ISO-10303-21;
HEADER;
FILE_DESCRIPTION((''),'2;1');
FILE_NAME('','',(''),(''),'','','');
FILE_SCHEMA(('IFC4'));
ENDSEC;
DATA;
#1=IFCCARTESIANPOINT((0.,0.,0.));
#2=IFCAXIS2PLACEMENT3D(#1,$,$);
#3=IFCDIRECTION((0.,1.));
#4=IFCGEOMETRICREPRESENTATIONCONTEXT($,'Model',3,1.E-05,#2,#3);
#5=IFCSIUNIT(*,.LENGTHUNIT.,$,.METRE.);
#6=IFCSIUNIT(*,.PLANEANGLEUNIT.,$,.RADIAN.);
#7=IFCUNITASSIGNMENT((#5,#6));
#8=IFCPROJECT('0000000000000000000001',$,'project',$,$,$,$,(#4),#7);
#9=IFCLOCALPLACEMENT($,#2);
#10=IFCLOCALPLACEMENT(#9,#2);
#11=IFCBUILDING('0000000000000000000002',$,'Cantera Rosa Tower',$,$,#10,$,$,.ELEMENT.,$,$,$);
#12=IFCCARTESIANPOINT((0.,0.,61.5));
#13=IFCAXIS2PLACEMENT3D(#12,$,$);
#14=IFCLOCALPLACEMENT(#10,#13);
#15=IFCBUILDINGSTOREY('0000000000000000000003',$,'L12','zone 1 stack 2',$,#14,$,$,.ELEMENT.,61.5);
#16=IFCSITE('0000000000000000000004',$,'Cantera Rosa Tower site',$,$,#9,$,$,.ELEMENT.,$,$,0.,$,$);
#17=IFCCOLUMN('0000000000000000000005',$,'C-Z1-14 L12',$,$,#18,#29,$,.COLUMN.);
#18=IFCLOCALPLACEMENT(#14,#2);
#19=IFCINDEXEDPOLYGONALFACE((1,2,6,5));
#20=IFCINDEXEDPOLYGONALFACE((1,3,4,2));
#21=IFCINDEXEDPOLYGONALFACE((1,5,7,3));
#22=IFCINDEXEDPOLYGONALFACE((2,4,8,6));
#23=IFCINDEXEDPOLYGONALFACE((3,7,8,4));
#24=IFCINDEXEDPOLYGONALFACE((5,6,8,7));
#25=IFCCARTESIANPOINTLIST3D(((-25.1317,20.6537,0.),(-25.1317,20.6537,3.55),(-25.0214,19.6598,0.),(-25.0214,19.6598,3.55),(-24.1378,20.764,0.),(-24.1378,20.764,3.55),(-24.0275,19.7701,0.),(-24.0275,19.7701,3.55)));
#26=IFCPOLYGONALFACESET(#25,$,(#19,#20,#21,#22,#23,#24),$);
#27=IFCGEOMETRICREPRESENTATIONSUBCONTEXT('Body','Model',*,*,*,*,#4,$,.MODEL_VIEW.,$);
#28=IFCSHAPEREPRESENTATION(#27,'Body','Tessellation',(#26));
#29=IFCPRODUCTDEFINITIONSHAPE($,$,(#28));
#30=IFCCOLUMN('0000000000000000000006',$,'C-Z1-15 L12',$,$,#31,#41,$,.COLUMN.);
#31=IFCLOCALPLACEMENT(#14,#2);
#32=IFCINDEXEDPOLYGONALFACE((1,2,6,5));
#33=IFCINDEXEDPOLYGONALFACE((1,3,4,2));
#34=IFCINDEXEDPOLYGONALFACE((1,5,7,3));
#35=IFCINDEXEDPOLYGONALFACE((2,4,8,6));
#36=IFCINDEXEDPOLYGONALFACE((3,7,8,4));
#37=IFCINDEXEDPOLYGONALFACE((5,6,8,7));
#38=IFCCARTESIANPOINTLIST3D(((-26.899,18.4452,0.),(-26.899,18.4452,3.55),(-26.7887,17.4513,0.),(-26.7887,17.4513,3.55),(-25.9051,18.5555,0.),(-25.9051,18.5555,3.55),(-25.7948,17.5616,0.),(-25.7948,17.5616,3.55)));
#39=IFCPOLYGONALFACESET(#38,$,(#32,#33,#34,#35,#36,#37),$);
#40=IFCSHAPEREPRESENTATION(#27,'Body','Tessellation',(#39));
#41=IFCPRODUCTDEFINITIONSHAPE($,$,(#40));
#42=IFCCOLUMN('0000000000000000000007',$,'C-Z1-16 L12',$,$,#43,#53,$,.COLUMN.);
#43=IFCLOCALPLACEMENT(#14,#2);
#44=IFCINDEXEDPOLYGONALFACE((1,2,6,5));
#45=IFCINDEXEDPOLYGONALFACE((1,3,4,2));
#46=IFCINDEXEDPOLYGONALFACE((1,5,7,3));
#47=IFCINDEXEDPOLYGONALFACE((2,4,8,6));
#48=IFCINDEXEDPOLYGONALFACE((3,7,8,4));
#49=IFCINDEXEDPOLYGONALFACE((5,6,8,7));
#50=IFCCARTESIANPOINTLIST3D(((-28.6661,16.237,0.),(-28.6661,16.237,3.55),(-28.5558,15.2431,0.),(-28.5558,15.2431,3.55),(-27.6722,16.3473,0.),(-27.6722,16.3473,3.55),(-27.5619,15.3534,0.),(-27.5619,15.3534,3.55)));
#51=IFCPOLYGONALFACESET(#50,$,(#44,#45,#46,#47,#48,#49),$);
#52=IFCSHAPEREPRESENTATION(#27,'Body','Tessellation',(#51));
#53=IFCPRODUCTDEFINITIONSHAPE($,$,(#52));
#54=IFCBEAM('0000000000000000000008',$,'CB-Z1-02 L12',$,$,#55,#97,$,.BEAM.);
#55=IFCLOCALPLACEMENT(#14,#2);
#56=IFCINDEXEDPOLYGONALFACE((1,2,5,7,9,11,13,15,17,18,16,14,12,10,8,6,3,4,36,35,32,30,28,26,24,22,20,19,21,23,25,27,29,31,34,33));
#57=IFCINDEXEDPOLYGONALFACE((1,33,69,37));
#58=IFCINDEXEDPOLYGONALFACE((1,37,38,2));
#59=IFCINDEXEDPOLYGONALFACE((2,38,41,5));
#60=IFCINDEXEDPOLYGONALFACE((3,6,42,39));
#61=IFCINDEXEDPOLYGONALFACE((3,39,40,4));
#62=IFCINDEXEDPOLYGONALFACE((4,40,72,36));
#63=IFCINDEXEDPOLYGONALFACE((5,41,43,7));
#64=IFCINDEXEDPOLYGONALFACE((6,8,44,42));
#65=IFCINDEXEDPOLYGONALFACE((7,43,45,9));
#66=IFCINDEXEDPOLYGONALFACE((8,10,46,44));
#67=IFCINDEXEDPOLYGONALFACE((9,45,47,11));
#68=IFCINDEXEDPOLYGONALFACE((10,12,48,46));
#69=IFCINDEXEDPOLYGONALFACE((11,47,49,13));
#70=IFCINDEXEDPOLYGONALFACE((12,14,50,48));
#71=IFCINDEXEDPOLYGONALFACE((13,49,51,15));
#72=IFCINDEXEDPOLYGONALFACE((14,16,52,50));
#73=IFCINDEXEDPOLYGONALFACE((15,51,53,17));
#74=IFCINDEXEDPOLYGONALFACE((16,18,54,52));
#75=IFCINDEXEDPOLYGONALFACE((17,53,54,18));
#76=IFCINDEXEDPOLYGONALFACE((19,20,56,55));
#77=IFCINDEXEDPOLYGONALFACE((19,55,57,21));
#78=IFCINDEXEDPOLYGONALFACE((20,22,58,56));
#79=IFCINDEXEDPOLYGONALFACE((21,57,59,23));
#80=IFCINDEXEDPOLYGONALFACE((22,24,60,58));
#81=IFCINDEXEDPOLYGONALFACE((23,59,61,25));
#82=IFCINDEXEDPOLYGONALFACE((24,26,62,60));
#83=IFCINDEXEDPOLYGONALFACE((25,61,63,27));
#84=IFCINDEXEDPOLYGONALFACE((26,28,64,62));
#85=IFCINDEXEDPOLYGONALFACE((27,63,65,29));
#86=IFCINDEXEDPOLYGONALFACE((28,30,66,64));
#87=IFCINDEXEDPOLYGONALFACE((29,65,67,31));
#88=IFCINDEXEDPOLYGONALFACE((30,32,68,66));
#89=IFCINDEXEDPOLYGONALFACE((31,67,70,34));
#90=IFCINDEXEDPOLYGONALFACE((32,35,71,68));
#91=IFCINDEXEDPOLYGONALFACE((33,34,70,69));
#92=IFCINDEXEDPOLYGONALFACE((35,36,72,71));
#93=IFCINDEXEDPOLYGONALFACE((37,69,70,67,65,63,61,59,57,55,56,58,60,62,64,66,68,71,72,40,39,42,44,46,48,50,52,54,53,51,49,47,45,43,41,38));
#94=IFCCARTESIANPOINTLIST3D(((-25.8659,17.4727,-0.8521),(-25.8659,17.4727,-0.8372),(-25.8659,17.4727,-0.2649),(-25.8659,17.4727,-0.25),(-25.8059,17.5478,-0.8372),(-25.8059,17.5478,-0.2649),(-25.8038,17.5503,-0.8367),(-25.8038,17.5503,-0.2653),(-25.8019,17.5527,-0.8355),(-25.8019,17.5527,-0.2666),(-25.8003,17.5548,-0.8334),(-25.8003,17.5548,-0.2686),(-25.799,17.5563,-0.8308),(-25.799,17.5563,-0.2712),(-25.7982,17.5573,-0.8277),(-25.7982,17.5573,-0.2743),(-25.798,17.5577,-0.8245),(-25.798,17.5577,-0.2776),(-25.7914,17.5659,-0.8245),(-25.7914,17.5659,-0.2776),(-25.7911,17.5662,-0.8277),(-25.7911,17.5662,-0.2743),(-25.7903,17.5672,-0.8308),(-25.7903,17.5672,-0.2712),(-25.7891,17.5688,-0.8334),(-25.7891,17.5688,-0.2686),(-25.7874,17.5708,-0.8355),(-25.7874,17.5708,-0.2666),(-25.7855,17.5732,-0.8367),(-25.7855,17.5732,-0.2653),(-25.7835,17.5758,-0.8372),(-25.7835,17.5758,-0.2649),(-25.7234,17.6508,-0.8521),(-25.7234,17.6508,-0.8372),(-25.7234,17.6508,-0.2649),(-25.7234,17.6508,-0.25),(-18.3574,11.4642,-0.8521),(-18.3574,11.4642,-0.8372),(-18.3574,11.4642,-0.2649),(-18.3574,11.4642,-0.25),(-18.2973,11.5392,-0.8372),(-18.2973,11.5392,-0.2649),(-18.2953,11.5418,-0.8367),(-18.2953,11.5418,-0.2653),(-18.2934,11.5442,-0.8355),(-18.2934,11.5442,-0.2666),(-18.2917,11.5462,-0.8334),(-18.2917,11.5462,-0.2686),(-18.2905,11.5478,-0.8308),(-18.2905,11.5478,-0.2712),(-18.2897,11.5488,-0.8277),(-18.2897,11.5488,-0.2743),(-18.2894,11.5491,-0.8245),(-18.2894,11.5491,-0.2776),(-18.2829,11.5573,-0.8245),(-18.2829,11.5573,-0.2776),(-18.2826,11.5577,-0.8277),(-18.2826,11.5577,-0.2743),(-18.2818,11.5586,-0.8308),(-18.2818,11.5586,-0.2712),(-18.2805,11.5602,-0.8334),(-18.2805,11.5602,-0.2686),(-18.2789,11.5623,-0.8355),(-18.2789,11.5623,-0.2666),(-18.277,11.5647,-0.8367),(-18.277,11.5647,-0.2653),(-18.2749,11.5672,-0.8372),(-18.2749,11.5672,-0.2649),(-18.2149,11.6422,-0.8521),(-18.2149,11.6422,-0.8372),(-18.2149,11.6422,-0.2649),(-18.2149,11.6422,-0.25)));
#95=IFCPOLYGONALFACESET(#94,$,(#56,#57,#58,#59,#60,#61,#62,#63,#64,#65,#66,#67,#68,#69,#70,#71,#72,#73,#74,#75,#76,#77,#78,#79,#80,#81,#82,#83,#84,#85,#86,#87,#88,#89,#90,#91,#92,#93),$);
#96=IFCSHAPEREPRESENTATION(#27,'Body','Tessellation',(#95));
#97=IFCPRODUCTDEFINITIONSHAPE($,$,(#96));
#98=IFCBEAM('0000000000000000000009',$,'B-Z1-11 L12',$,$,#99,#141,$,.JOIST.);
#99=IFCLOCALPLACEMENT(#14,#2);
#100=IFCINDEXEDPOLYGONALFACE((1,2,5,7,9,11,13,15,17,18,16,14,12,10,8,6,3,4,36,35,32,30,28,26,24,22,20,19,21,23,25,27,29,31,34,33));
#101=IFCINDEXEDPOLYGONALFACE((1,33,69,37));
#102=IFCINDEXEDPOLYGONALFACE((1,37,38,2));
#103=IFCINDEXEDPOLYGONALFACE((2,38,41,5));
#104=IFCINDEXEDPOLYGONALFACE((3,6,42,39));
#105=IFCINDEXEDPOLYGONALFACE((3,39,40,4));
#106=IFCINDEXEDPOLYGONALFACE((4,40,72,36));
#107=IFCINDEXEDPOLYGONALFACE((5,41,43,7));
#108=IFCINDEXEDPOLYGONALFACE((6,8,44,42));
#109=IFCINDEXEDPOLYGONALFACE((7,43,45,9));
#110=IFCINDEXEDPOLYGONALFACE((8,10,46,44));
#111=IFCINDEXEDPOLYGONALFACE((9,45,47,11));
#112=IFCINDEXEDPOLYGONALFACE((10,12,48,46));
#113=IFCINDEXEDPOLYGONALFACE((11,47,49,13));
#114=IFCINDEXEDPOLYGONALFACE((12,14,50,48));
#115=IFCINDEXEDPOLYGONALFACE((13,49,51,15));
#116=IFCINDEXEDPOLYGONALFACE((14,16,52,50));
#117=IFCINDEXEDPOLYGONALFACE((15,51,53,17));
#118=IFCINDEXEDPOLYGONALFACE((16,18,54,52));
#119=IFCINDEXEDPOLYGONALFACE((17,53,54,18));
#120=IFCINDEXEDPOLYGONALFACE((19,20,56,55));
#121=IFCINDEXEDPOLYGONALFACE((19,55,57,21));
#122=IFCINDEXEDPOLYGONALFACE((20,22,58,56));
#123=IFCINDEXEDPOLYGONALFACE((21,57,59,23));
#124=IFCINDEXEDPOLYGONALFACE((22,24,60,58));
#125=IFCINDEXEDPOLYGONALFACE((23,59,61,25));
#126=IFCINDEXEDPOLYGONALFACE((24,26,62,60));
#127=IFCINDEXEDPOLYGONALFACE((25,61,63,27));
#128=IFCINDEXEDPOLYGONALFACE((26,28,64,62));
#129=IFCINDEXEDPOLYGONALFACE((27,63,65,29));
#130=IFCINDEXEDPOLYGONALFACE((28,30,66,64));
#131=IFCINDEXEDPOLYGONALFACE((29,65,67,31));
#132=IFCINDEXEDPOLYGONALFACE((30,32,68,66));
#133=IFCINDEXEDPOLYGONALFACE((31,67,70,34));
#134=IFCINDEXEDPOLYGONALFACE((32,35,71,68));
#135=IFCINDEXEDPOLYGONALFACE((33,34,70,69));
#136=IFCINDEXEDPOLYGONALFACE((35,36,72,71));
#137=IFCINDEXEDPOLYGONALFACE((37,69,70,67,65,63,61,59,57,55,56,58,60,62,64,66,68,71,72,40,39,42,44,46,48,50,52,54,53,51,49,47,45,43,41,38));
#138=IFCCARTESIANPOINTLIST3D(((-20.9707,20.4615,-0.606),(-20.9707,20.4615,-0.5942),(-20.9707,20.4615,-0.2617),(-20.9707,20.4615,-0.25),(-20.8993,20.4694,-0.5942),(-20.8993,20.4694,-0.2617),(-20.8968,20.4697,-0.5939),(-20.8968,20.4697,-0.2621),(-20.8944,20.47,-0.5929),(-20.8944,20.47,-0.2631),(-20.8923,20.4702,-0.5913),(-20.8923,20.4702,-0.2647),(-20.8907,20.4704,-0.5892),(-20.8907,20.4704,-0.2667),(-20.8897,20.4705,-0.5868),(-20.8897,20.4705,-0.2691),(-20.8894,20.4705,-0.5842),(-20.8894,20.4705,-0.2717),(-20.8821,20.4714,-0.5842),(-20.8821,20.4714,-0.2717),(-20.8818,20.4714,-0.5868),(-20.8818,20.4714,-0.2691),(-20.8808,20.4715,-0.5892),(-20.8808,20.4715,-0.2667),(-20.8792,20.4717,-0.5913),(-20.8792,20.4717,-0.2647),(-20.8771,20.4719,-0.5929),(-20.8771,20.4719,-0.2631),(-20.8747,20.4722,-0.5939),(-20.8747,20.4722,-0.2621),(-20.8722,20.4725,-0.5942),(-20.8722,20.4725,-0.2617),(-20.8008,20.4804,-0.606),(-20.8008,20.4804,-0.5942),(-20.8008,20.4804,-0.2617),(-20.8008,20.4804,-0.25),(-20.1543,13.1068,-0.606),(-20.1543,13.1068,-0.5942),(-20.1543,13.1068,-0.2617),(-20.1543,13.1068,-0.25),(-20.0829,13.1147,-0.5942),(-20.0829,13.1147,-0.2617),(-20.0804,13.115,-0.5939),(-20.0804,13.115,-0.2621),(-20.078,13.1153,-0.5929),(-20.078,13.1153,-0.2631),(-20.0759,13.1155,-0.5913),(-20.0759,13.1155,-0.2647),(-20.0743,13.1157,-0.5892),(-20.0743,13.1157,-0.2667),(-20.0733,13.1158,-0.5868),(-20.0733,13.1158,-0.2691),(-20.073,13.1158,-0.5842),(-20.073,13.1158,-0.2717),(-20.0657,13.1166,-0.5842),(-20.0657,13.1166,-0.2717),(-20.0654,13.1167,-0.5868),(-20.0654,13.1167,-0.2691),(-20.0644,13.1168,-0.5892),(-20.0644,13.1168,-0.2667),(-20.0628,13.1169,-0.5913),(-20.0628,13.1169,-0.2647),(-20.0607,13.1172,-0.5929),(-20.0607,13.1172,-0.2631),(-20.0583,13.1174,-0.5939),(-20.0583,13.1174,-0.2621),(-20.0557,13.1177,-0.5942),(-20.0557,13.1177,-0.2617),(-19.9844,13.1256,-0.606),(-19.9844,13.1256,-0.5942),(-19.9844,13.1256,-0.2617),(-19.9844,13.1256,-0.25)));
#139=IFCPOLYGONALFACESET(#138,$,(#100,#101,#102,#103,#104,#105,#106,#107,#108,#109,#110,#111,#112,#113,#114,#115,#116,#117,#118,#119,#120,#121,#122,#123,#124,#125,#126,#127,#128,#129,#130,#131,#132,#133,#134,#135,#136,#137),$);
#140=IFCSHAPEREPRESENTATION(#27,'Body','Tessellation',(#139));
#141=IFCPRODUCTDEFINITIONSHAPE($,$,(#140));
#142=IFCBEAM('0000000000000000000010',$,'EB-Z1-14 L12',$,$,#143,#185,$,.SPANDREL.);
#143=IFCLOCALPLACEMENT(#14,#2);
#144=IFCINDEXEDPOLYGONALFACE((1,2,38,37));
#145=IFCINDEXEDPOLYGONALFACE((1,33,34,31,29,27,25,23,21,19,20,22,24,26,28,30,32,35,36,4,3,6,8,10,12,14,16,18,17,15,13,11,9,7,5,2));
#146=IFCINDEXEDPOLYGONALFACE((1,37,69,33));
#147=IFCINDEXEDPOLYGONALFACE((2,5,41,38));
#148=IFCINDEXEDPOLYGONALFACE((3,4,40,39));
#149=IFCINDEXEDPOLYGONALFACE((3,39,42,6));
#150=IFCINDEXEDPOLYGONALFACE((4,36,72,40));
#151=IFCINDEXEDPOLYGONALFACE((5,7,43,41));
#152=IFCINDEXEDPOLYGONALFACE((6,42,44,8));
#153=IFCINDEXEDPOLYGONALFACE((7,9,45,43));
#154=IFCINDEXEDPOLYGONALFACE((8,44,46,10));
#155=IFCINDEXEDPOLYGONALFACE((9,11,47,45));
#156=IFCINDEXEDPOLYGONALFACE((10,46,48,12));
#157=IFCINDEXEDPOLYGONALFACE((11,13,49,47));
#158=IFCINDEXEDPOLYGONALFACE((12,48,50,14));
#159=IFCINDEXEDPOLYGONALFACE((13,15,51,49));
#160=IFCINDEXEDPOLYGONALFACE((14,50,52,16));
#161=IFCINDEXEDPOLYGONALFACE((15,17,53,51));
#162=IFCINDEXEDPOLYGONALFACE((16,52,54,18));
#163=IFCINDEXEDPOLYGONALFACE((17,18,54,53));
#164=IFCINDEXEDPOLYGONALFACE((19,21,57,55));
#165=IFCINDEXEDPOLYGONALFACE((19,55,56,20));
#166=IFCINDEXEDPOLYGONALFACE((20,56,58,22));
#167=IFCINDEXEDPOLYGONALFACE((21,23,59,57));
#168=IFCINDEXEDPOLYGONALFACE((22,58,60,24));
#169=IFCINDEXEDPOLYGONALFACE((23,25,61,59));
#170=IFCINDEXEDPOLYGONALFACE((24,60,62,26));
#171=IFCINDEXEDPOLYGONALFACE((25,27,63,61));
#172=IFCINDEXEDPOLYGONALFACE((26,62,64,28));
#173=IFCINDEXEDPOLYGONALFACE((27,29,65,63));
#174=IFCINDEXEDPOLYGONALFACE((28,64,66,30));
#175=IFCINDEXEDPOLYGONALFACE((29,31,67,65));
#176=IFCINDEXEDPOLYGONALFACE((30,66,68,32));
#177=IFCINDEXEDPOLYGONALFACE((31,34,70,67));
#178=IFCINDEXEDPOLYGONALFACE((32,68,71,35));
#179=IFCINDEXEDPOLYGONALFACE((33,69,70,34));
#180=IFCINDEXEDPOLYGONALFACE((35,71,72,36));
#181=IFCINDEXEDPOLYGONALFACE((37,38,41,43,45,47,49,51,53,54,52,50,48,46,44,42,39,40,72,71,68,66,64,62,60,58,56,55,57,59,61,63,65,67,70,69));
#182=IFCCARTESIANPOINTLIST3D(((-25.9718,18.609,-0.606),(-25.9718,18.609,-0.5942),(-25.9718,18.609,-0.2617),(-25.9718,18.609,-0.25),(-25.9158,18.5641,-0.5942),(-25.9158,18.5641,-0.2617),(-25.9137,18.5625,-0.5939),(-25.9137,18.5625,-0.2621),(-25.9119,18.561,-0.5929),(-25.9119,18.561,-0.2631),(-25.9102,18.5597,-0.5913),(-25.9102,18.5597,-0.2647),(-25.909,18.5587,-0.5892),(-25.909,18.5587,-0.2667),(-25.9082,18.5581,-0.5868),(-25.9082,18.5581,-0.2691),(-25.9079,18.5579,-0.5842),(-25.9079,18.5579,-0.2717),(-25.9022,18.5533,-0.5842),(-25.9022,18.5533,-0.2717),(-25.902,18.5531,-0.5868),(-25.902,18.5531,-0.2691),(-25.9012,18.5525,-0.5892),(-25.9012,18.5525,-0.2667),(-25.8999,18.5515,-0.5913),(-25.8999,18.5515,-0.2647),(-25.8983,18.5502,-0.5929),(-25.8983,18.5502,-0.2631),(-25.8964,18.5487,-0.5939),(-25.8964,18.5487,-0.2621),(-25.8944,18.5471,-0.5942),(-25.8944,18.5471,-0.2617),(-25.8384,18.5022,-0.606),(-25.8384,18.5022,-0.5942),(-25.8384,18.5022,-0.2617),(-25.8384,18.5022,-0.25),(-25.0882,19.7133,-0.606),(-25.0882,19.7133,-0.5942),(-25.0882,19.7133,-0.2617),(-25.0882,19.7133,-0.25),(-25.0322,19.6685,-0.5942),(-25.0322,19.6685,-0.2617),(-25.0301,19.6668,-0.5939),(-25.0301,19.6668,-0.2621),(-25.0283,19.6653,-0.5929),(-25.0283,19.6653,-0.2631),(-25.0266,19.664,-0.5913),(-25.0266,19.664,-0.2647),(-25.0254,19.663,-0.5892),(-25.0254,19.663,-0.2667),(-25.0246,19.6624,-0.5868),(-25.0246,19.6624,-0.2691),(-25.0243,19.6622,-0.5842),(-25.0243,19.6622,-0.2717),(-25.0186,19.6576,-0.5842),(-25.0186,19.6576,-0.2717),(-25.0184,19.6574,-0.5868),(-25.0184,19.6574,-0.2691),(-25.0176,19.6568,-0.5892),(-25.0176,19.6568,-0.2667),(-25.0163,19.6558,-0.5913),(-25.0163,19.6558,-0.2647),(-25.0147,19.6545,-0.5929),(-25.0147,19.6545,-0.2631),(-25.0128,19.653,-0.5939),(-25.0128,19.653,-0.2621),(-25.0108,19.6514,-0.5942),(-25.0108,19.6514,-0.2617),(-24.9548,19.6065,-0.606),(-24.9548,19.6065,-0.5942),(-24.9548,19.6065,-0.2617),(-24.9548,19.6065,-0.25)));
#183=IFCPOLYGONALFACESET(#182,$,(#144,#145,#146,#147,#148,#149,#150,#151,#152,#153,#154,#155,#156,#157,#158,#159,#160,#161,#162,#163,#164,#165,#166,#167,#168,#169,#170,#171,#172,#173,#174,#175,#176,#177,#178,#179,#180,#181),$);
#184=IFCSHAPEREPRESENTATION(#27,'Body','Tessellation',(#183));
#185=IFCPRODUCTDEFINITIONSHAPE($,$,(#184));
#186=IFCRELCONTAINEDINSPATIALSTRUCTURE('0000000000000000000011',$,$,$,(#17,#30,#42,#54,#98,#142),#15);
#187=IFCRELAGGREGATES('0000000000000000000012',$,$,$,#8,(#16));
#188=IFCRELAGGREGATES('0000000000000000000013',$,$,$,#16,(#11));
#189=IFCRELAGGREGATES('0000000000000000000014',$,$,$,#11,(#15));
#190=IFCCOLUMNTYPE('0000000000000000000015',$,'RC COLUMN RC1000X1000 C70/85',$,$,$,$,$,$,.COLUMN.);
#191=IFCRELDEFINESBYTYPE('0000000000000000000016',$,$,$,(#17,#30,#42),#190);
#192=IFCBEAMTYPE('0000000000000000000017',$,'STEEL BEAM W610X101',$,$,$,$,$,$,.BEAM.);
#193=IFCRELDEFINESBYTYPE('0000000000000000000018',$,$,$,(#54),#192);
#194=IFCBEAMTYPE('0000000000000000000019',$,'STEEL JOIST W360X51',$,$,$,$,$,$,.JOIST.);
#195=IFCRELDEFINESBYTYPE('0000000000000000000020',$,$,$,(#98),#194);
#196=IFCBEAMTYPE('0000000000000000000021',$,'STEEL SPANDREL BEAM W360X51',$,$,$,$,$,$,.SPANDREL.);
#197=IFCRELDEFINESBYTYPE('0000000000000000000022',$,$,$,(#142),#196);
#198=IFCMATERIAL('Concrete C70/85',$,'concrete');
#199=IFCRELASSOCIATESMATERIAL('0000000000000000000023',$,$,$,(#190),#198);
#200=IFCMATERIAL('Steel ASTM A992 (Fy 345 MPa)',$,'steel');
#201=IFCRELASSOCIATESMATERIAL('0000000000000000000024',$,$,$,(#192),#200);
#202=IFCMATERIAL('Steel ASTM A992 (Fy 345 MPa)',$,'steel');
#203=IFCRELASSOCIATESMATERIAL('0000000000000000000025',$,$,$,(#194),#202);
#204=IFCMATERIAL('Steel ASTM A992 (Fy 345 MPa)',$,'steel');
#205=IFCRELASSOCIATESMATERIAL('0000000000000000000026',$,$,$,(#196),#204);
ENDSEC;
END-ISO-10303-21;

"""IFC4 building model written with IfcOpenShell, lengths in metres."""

from ifc_helpers import new_model, si_unit, direction, frame, origin, origin_2d, place, context, subcontext, project, spatial, rectangle, i_section, extrude, material, material_profile, profile_set, type_object, element, save


model = new_model("IFC4")

# Units and contexts
model_context = context("Model", 3, precision=1e-05, world=origin(), true_north=direction((0.0, 1.0)))
body_context = subcontext(model_context, "Body", "Model", "MODEL_VIEW")
ifc_project = project(units=[si_unit("LENGTHUNIT", "METRE"), si_unit("PLANEANGLEUNIT", "RADIAN")], contexts=[model_context])

# Site, building, storey
site_placement = place(None, origin())
site = spatial("IfcSite", under=ifc_project, at=site_placement, Name="Cantera Rosa Tower site", CompositionType="ELEMENT", RefElevation=0.0)
building_placement = place(site_placement, origin())
building = spatial("IfcBuilding", under=site, at=building_placement, Name="Cantera Rosa Tower", CompositionType="ELEMENT")
storey_placement = place(building_placement, frame((0.0, 0.0, 61.5)))
storey = spatial("IfcBuildingStorey", under=building, at=storey_placement, Name="L12", Description="zone 1 stack 2", CompositionType="ELEMENT", Elevation=61.5)

# Columns
ifc_material_1 = material(Name="Concrete C70/85", Category="concrete")
ifc_material_profile_1 = material_profile(ifc_material_1, rectangle(XDim=1.0, YDim=1.0, at=origin_2d()), Name="RC COLUMN RC1000X1000 C70/85")
ifc_profile_set_1 = profile_set([ifc_material_profile_1], Name="Concrete C70/85")
column_type = type_object("IfcColumnType", Name="RC COLUMN RC1000X1000 C70/85", PredefinedType="COLUMN", material=ifc_profile_set_1)
for number, where, z_axis, x_axis, name in (
    (1, (-24.5796, 20.2119, 0.0), (0.0, 0.0, 1.0), (0.993897, 0.110313, 0.0), "C-Z1-14 L12"),
    (2, (-26.3469, 18.0034, 0.0), (0.0, 0.0, 1.0), (0.993897, 0.110313, 0.0), "C-Z1-15 L12"),
    (3, (-28.114, 15.7952, 0.0), (0.0, 0.0, 1.0), (0.993897, 0.110313, 0.0), "C-Z1-16 L12"),
):
    element("IfcColumn", number, at=place(storey_placement, frame(where, z_axis=z_axis, x_axis=x_axis)), inside=storey, type_object=column_type, Name=name, PredefinedType="COLUMN", context=body_context, shape_type="SweptSolid", body=[
        extrude(rectangle(XDim=1.0, YDim=1.0, at=origin_2d()), origin(), (0.0, 0.0, 1.0), 3.55),
    ])

# Beams
ifc_material_2 = material(Name="Steel ASTM A992 (Fy 345 MPa)", Category="steel")
ifc_material_profile_2 = material_profile(ifc_material_2, i_section(OverallWidth=0.228, OverallDepth=0.6021, WebThickness=0.0105, FlangeThickness=0.0149, FilletRadius=0.0127, at=origin_2d()), Name="W610X101")
ifc_profile_set_2 = profile_set([ifc_material_profile_2], Name="Steel ASTM A992 (Fy 345 MPa)")
beam_type_1 = type_object("IfcBeamType", Name="STEEL BEAM W610X101", PredefinedType="BEAM", material=ifc_profile_set_2)
beam_1_placement = place(storey_placement, frame((-25.7947, 17.5618, -0.551), z_axis=(0.780782, -0.624803, 0.0), x_axis=(0.624803, 0.780782, 0.0)))
element("IfcBeam", 4, at=beam_1_placement, inside=storey, type_object=beam_type_1, Name="CB-Z1-02 L12", PredefinedType="BEAM", context=body_context, shape_type="SweptSolid", body=[
    extrude(i_section(OverallWidth=0.228, OverallDepth=0.6021, WebThickness=0.0105, FlangeThickness=0.0149, FilletRadius=0.0127, at=origin_2d()), origin(), (0.0, 0.0, 1.0), 9.6167),
])
ifc_material_3 = material(Name="Steel ASTM A992 (Fy 345 MPa)", Category="steel")
ifc_material_profile_3 = material_profile(ifc_material_3, i_section(OverallWidth=0.1709, OverallDepth=0.356, WebThickness=0.0073, FlangeThickness=0.0117, FilletRadius=0.01, at=origin_2d()), Name="W360X51")
ifc_profile_set_3 = profile_set([ifc_material_profile_3], Name="Steel ASTM A992 (Fy 345 MPa)")
beam_type_2 = type_object("IfcBeamType", Name="STEEL JOIST W360X51", PredefinedType="JOIST", material=ifc_profile_set_3)
beam_2_placement = place(storey_placement, frame((-20.8857, 20.4709, -0.428), z_axis=(0.110327, -0.993895, 0.0), x_axis=(0.993895, 0.110327, 0.0)))
element("IfcBeam", 5, at=beam_2_placement, inside=storey, type_object=beam_type_2, Name="B-Z1-11 L12", PredefinedType="JOIST", context=body_context, shape_type="SweptSolid", body=[
    extrude(i_section(OverallWidth=0.1709, OverallDepth=0.356, WebThickness=0.0073, FlangeThickness=0.0117, FilletRadius=0.01, at=origin_2d()), origin(), (0.0, 0.0, 1.0), 7.3999),
])
ifc_material_4 = material(Name="Steel ASTM A992 (Fy 345 MPa)", Category="steel")
ifc_material_profile_4 = material_profile(ifc_material_4, i_section(OverallWidth=0.1709, OverallDepth=0.356, WebThickness=0.0073, FlangeThickness=0.0117, FilletRadius=0.01, at=origin_2d()), Name="W360X51")
ifc_profile_set_4 = profile_set([ifc_material_profile_4], Name="Steel ASTM A992 (Fy 345 MPa)")
beam_type_3 = type_object("IfcBeamType", Name="STEEL SPANDREL BEAM W360X51", PredefinedType="SPANDREL", material=ifc_profile_set_4)
for number, where, z_axis, x_axis, name in (
    (6, (-25.0215, 19.6599, -0.428), (-0.624758, -0.780818, 0.0), (0.780818, -0.624758, 0.0), "EB-Z1-14 L12"),
):
    element("IfcBeam", number, at=place(storey_placement, frame(where, z_axis=z_axis, x_axis=x_axis)), inside=storey, type_object=beam_type_3, Name=name, PredefinedType="SPANDREL", context=body_context, shape_type="SweptSolid", body=[
        extrude(i_section(OverallWidth=0.1709, OverallDepth=0.356, WebThickness=0.0073, FlangeThickness=0.0117, FilletRadius=0.01, at=origin_2d()), origin(), (0.0, 0.0, 1.0), 1.4143),
    ])

save(model, "model.ifc")
